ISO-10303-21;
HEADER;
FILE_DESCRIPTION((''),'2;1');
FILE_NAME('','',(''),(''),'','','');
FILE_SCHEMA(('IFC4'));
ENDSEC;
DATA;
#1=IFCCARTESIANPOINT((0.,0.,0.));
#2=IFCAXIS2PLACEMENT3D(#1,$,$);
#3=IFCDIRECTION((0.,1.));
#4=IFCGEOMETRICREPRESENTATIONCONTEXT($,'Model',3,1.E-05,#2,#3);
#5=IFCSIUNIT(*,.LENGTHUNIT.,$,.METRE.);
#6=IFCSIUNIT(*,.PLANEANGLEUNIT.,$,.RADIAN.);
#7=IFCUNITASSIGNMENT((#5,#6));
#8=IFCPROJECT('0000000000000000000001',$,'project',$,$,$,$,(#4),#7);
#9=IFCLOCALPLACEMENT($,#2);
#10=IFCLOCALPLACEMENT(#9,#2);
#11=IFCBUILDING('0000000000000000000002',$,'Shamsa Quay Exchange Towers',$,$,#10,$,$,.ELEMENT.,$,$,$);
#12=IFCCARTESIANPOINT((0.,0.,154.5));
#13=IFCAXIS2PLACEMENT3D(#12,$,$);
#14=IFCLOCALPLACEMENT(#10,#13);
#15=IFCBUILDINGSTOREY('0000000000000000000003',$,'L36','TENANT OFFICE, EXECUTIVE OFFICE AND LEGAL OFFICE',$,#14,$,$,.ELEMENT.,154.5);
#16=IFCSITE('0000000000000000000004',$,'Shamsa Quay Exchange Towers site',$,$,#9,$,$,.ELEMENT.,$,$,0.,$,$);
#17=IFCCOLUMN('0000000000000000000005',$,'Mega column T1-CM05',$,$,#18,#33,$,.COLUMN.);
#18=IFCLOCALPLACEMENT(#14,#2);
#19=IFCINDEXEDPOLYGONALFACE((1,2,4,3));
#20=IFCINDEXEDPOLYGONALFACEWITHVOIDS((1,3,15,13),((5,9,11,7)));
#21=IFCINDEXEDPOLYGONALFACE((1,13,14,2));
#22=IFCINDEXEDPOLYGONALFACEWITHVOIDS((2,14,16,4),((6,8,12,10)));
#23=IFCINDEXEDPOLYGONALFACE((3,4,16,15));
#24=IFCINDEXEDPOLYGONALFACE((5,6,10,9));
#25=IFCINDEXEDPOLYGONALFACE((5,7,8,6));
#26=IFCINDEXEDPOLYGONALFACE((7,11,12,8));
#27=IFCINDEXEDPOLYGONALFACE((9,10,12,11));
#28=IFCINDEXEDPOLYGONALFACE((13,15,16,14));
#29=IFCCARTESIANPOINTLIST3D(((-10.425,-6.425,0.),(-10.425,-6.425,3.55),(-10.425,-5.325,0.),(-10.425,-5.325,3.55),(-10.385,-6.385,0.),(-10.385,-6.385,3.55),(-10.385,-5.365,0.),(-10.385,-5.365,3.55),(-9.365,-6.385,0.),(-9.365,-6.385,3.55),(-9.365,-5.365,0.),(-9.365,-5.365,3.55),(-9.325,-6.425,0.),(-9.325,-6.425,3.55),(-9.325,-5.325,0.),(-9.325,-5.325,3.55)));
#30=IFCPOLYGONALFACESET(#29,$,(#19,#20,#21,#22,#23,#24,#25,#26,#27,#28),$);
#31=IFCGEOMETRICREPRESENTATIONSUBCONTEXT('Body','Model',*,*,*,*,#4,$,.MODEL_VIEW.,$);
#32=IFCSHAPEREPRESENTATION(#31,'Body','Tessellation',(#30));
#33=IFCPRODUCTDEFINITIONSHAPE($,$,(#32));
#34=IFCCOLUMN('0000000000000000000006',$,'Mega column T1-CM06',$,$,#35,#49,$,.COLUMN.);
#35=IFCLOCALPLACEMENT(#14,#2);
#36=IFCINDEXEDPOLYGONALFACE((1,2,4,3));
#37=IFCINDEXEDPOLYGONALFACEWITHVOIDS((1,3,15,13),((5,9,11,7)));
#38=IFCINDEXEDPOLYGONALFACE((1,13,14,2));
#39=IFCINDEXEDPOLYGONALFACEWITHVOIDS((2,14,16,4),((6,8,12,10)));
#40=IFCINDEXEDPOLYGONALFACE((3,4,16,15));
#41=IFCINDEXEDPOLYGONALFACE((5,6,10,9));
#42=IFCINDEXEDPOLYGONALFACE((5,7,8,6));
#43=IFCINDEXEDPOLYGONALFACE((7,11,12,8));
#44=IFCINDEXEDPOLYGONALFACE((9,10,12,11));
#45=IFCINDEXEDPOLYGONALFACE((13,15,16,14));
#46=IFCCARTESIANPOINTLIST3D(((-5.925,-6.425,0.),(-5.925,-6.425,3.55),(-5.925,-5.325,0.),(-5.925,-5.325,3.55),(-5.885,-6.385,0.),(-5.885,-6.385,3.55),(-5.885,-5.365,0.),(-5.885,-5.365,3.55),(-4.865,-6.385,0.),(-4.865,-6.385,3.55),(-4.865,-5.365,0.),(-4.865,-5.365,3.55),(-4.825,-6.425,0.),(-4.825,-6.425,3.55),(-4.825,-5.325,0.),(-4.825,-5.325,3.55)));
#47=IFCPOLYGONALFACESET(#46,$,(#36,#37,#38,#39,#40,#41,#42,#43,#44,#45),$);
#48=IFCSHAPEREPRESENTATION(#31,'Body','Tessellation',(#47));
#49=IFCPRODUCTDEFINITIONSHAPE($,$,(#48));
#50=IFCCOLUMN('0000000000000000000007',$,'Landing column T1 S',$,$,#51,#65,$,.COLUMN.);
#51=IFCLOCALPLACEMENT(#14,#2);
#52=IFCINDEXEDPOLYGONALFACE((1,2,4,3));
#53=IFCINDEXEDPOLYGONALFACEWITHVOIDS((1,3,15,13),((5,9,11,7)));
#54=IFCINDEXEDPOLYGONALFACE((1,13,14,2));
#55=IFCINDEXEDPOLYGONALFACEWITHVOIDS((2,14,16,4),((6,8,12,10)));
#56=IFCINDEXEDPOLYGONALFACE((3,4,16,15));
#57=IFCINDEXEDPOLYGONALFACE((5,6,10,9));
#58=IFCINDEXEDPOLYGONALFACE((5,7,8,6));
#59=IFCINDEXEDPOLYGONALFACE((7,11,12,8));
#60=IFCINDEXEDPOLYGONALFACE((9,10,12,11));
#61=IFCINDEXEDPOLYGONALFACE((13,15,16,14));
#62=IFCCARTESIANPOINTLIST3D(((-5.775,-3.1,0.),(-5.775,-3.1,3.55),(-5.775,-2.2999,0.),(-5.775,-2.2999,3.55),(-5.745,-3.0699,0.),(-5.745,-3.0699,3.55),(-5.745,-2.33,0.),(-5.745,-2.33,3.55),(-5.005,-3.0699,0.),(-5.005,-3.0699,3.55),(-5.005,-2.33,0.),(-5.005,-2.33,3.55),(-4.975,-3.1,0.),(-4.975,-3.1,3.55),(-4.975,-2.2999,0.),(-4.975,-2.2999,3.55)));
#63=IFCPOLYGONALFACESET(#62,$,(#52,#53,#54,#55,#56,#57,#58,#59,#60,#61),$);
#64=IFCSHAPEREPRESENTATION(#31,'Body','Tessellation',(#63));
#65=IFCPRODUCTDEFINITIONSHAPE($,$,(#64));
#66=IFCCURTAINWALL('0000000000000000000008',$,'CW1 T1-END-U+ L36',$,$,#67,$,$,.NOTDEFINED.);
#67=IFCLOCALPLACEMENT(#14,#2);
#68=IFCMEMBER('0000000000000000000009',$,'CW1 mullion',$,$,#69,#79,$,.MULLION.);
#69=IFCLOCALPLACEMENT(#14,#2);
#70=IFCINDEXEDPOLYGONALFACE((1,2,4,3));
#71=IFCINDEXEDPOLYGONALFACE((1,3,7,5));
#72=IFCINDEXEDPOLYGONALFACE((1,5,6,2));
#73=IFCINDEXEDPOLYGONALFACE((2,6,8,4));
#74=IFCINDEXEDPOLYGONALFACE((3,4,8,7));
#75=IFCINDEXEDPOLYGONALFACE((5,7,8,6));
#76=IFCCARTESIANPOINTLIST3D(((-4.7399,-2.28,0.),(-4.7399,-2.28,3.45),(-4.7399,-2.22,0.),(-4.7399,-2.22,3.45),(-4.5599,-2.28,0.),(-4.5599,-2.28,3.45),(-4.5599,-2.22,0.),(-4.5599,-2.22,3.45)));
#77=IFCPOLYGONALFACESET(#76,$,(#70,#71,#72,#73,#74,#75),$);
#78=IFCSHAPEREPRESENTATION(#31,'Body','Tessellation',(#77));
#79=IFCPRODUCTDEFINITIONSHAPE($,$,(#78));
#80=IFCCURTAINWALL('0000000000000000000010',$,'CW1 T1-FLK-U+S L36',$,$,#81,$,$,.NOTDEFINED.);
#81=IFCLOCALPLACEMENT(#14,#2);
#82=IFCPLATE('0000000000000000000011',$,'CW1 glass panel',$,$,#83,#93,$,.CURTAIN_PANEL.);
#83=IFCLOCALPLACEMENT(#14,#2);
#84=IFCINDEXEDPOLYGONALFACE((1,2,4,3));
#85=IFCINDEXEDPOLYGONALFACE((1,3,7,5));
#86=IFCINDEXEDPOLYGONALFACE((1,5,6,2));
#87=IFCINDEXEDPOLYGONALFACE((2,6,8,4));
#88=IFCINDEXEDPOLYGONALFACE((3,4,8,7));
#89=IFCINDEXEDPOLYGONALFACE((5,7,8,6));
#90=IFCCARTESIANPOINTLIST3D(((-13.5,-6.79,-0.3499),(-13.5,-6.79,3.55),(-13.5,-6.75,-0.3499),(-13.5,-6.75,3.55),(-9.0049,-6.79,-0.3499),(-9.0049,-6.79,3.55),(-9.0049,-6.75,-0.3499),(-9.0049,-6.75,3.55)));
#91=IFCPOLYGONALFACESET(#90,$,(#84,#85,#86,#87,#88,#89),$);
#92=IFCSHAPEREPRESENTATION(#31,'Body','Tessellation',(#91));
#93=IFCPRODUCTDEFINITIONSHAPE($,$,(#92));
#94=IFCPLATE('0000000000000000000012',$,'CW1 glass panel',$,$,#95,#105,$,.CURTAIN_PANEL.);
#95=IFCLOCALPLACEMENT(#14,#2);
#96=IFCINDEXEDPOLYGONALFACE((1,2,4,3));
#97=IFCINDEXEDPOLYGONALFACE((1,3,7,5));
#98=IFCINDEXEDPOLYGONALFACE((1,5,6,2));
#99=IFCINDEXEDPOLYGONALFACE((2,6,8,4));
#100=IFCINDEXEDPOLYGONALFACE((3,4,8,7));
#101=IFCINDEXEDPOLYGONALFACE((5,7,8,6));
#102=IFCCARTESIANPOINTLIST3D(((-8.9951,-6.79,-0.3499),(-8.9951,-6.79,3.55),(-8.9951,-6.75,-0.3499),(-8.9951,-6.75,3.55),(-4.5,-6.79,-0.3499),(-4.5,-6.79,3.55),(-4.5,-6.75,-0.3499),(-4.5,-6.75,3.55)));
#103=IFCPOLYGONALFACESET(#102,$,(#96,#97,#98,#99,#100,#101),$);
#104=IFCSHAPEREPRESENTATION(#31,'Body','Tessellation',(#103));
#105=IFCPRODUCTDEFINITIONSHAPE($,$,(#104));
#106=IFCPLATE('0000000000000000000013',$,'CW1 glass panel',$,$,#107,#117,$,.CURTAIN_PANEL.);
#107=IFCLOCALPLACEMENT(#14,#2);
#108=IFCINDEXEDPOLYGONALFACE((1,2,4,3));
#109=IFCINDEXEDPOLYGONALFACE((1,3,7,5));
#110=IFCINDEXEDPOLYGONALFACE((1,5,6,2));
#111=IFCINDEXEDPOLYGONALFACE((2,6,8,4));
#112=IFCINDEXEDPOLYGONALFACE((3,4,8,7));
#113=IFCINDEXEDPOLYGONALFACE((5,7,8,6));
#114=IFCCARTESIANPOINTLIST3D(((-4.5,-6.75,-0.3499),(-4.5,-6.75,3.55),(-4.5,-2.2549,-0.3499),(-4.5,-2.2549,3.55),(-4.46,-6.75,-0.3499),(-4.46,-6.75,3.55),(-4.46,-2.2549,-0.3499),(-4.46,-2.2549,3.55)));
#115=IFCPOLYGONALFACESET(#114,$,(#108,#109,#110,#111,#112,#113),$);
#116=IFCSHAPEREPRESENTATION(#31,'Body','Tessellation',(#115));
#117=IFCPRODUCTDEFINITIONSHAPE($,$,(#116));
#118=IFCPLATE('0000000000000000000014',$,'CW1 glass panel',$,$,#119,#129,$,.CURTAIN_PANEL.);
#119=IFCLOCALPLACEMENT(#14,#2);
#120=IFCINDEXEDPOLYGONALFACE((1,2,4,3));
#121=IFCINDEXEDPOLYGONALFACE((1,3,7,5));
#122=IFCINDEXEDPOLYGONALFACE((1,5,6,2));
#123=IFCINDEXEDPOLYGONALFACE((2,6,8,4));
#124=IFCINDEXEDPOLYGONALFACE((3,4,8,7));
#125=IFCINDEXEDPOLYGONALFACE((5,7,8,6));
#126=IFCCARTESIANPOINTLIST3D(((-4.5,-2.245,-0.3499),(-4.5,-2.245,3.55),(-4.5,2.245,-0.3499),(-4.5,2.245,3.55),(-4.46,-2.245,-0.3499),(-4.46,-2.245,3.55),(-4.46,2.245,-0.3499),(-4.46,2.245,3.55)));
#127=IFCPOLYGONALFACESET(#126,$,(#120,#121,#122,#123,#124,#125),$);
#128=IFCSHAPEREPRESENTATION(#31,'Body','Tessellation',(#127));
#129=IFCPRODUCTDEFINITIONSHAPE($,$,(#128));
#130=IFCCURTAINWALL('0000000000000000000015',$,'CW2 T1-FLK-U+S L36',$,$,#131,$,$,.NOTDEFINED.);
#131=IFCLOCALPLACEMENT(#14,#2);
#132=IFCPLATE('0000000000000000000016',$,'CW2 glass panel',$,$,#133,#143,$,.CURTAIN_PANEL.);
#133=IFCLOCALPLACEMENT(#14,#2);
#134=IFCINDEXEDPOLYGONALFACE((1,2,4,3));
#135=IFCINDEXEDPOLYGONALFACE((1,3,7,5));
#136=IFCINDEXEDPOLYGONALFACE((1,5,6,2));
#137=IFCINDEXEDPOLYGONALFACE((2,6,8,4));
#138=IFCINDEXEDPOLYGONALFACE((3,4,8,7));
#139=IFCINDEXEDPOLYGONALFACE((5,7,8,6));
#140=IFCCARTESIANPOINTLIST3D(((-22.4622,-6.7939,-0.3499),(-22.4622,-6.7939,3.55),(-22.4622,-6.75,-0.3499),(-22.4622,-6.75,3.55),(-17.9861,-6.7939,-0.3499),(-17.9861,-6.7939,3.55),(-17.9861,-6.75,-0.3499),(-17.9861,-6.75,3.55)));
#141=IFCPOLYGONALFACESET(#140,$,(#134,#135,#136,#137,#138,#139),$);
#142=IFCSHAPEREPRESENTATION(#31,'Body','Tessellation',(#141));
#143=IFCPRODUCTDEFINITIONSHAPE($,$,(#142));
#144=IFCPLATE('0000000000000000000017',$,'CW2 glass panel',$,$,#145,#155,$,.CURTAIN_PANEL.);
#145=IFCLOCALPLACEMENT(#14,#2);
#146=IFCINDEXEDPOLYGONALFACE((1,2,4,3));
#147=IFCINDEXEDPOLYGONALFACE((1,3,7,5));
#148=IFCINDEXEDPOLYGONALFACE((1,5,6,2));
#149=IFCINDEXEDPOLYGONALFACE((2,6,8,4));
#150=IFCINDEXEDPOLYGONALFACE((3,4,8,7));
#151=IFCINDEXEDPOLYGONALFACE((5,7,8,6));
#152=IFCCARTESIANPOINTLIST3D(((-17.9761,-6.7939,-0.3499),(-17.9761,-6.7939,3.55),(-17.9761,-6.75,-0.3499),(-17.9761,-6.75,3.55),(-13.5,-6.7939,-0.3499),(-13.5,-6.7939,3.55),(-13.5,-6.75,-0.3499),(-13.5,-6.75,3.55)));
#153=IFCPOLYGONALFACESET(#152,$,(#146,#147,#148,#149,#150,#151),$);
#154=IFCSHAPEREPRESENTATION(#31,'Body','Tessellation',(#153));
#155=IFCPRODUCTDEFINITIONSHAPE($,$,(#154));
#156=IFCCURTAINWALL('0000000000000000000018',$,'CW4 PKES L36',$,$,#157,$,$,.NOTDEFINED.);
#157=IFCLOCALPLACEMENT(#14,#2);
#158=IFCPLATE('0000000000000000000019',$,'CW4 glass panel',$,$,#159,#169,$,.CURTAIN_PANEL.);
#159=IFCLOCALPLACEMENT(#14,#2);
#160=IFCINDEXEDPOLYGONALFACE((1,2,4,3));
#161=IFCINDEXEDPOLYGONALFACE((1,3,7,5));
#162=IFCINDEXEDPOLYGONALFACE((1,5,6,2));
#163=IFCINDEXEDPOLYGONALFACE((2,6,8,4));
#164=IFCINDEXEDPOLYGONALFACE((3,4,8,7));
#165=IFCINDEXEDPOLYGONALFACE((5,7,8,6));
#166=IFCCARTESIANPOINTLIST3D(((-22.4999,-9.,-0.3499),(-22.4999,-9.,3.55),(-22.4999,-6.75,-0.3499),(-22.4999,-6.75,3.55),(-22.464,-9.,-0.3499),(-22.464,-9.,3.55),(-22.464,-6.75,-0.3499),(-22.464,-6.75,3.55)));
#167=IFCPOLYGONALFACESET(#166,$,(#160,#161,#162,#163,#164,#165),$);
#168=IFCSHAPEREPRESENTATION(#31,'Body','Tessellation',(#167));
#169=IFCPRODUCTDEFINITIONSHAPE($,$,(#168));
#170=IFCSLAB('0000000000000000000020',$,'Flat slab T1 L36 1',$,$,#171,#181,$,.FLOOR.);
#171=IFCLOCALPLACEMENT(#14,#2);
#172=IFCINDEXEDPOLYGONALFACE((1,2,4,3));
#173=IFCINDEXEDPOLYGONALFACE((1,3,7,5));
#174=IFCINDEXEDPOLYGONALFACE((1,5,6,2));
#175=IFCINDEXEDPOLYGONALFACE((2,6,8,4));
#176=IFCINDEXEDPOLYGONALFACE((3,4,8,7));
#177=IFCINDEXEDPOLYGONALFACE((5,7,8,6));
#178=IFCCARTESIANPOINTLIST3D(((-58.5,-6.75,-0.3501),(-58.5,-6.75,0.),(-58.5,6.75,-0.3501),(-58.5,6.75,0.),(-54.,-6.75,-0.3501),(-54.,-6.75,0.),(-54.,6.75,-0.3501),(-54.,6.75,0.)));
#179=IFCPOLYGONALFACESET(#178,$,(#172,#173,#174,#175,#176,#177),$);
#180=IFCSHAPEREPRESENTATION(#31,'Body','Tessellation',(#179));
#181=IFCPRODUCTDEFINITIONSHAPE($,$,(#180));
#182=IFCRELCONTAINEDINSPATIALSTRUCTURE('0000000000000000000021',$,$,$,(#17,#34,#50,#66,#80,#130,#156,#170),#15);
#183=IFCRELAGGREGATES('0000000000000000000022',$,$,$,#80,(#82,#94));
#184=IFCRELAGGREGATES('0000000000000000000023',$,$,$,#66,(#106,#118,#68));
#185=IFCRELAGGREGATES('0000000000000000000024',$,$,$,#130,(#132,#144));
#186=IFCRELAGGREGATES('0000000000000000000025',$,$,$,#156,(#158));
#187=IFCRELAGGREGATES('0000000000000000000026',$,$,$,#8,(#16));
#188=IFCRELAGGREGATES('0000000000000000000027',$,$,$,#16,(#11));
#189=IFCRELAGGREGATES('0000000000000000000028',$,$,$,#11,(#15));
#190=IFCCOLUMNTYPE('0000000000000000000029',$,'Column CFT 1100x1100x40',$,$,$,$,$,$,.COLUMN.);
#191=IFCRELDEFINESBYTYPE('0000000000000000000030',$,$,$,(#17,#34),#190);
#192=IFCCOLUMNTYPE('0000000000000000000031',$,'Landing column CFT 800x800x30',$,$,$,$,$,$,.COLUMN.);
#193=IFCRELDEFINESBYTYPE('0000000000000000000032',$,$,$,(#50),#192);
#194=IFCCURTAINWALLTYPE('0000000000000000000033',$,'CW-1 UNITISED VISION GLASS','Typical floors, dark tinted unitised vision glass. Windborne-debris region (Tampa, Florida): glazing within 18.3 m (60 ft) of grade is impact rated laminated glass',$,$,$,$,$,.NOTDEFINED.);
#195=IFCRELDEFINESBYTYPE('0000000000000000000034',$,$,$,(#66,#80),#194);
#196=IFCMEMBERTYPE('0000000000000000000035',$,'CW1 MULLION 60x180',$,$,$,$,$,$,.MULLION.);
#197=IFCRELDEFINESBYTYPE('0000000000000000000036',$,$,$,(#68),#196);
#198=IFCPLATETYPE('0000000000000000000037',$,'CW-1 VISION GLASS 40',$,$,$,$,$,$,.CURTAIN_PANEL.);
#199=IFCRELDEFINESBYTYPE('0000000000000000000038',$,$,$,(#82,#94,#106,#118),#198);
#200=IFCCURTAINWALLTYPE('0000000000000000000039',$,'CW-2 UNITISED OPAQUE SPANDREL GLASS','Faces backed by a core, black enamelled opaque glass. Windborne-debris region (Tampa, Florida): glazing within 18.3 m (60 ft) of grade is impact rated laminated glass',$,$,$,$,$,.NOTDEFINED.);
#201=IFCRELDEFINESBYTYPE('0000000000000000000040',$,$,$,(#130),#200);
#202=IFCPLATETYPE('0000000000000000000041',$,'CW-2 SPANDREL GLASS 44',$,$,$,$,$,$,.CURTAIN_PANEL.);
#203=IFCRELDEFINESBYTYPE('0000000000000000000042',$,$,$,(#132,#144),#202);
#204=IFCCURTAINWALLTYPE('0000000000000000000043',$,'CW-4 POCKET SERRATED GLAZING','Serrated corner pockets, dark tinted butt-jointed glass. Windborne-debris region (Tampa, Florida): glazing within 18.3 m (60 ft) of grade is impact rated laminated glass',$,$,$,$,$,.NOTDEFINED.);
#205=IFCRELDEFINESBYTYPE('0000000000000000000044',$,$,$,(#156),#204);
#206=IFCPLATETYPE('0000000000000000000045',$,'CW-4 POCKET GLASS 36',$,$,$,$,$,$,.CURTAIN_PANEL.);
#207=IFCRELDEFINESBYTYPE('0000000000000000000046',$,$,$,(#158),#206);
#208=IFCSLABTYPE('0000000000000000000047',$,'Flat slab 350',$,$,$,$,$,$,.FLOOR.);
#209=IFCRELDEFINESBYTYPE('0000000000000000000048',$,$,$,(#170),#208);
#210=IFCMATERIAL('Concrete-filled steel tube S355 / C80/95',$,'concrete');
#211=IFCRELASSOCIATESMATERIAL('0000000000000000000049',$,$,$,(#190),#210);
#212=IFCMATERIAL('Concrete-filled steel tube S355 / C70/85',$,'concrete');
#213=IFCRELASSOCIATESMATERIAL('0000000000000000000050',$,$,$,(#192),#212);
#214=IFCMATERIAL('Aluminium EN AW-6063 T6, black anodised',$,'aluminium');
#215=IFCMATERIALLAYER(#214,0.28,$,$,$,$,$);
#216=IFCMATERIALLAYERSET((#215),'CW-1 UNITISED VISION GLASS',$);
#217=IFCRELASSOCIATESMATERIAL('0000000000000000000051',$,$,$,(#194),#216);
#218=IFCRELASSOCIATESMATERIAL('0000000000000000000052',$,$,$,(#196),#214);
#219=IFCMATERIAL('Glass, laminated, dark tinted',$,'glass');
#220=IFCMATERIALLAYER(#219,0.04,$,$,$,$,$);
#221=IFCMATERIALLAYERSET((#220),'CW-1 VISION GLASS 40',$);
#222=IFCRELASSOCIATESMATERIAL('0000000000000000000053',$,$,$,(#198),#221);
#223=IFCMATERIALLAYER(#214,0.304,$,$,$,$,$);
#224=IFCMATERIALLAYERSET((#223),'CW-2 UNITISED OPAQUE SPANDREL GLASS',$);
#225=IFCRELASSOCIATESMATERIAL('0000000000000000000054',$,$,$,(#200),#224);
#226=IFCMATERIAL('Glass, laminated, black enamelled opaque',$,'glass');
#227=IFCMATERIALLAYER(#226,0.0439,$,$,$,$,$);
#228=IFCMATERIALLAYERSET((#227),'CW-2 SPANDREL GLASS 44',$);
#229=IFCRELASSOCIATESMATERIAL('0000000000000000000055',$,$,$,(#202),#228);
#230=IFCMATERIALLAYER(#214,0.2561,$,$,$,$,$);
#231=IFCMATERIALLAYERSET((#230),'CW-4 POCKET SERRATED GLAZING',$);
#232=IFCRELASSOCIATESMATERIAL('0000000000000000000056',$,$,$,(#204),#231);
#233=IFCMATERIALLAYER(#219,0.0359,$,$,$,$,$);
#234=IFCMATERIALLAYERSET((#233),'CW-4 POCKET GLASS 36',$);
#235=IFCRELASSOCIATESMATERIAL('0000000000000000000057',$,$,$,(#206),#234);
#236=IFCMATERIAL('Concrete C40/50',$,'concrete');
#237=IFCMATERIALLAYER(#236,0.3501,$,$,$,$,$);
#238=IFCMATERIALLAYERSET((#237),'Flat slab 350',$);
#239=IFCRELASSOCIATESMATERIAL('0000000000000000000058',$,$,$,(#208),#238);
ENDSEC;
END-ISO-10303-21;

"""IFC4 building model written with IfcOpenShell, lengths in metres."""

from ifc_helpers import new_model, si_unit, direction, frame, origin, origin_2d, place, context, subcontext, project, spatial, polyline, rectangle, hollow_rectangle, outline, extrude, material, layer, layer_set, material_profile, profile_set, type_object, element, aggregate, save


model = new_model("IFC4")

# Units and contexts
model_context = context("Model", 3, precision=1e-05, world=origin(), true_north=direction((0.0, 1.0)))
body_context = subcontext(model_context, "Body", "Model", "MODEL_VIEW")
ifc_project = project(units=[si_unit("LENGTHUNIT", "METRE"), si_unit("PLANEANGLEUNIT", "RADIAN")], contexts=[model_context])

# Site, building, storey
site_placement = place(None, origin())
site = spatial("IfcSite", under=ifc_project, at=site_placement, Name="Shamsa Quay Exchange Towers site", CompositionType="ELEMENT", RefElevation=0.0)
building_placement = place(site_placement, origin())
building = spatial("IfcBuilding", under=site, at=building_placement, Name="Shamsa Quay Exchange Towers", CompositionType="ELEMENT")
storey_placement = place(building_placement, frame((0.0, 0.0, 154.5)))
storey = spatial("IfcBuildingStorey", under=building, at=storey_placement, Name="L36", Description="TENANT OFFICE, EXECUTIVE OFFICE AND LEGAL OFFICE", CompositionType="ELEMENT", Elevation=154.5)

# Columns
ifc_material_1 = material(Name="Concrete-filled steel tube S355 / C80/95", Category="concrete")
ifc_material_profile_1 = material_profile(ifc_material_1, hollow_rectangle(XDim=1.1001, YDim=1.1001, WallThickness=0.04, at=origin_2d()), Name="CFT 1100x1100x40")
ifc_profile_set_1 = profile_set([ifc_material_profile_1], Name="Concrete-filled steel tube S355 / C80/95")
column_type_1 = type_object("IfcColumnType", Name="Column CFT 1100x1100x40", PredefinedType="COLUMN", material=ifc_profile_set_1)
for number, where, name in (
    (1, (-9.875, -5.875, 0.0), "Mega column T1-CM05"),
    (2, (-5.375, -5.875, 0.0), "Mega column T1-CM06"),
):
    element("IfcColumn", number, at=place(storey_placement, frame(where)), inside=storey, type_object=column_type_1, Name=name, PredefinedType="COLUMN", context=body_context, shape_type="SweptSolid", body=[
        extrude(hollow_rectangle(XDim=1.1001, YDim=1.1001, WallThickness=0.04, at=origin_2d()), origin(), (0.0, 0.0, 1.0), 3.55),
    ])
ifc_material_2 = material(Name="Concrete-filled steel tube S355 / C70/85", Category="concrete")
ifc_material_profile_2 = material_profile(ifc_material_2, hollow_rectangle(XDim=0.8, YDim=0.8, WallThickness=0.03, at=origin_2d()), Name="CFT 800x800x30")
ifc_profile_set_2 = profile_set([ifc_material_profile_2], Name="Concrete-filled steel tube S355 / C70/85")
column_type_2 = type_object("IfcColumnType", Name="Landing column CFT 800x800x30", PredefinedType="COLUMN", material=ifc_profile_set_2)
column_placement = place(storey_placement, frame((-5.375, -2.7, 0.0)))
element("IfcColumn", 3, at=column_placement, inside=storey, type_object=column_type_2, Name="Landing column T1 S", PredefinedType="COLUMN", context=body_context, shape_type="SweptSolid", body=[
    extrude(hollow_rectangle(XDim=0.8, YDim=0.8, WallThickness=0.03, at=origin_2d()), origin(), (0.0, 0.0, 1.0), 3.55),
])

# Curtain wall, member
ifc_material_3 = material(Name="Aluminium EN AW-6063 T6, black anodised", Category="aluminium")
ifc_layer_1 = layer(ifc_material_3, 0.28)
ifc_layer_set_1 = layer_set([ifc_layer_1], Name="CW-1 UNITISED VISION GLASS")
curtain_wall_type_1 = type_object("IfcCurtainWallType", Name="CW-1 UNITISED VISION GLASS", Description="Typical floors, dark tinted unitised vision glass. Windborne-debris region (Tampa, Florida): glazing within 18.3 m (60 ft) of grade is impact rated laminated glass", PredefinedType="NOTDEFINED", material=ifc_layer_set_1)
curtain_wall_1_placement = place(storey_placement, origin())
curtain_wall_1 = element("IfcCurtainWall", 4, at=curtain_wall_1_placement, inside=storey, type_object=curtain_wall_type_1, Name="CW1 T1-END-U+ L36", PredefinedType="NOTDEFINED")
ifc_material_profile_3 = material_profile(ifc_material_3, rectangle(XDim=0.1799, YDim=0.0601, at=origin_2d()), Name="MU60x180")
ifc_profile_set_3 = profile_set([ifc_material_profile_3], Name="Aluminium EN AW-6063 T6, black anodised")
member_type = type_object("IfcMemberType", Name="CW1 MULLION 60x180", PredefinedType="MULLION", material=ifc_profile_set_3)
member_placement = place(storey_placement, frame((-4.6499, -2.25, 0.0), z_axis=(0.0, 0.0, 1.0), x_axis=(-1.0, 0.0, 0.0)))
member = element("IfcMember", 5, at=member_placement, type_object=member_type, Name="CW1 mullion", PredefinedType="MULLION", context=body_context, shape_type="SweptSolid", body=[
    extrude(rectangle(XDim=0.1799, YDim=0.0601, at=origin_2d()), origin(), (0.0, 0.0, 1.0), 3.45),
])

# Curtain wall, plates
curtain_wall_2_placement = place(storey_placement, origin())
curtain_wall_2 = element("IfcCurtainWall", 6, at=curtain_wall_2_placement, inside=storey, type_object=curtain_wall_type_1, Name="CW1 T1-FLK-U+S L36", PredefinedType="NOTDEFINED")
ifc_material_4 = material(Name="Glass, laminated, dark tinted", Category="glass")
ifc_layer_2 = layer(ifc_material_4, 0.04)
ifc_layer_set_2 = layer_set([ifc_layer_2], Name="CW-1 VISION GLASS 40")
plate_type_1 = type_object("IfcPlateType", Name="CW-1 VISION GLASS 40", PredefinedType="CURTAIN_PANEL", material=ifc_layer_set_2)
plate_1_placement = place(storey_placement, frame((-11.2524, -6.77, -0.3499)))
plate_1 = element("IfcPlate", 7, at=plate_1_placement, type_object=plate_type_1, Name="CW1 glass panel", PredefinedType="CURTAIN_PANEL", context=body_context, shape_type="SweptSolid", body=[
    extrude(rectangle(XDim=4.4951, YDim=0.04, at=origin_2d()), origin(), (0.0, 0.0, 1.0), 3.8999),
])
plate_2_placement = place(storey_placement, frame((-6.7476, -6.77, -0.3499)))
plate_2 = element("IfcPlate", 8, at=plate_2_placement, type_object=plate_type_1, Name="CW1 glass panel", PredefinedType="CURTAIN_PANEL", context=body_context, shape_type="SweptSolid", body=[
    extrude(rectangle(XDim=4.4951, YDim=0.04, at=origin_2d()), origin(), (0.0, 0.0, 1.0), 3.8999),
])
aggregate(curtain_wall_2, [plate_1, plate_2])

# Plates
plate_3_placement = place(storey_placement, frame((-4.48, -4.5024, -0.3499), z_axis=(0.0, 0.0, 1.0), x_axis=(0.0, 1.0, 0.0)))
plate_3 = element("IfcPlate", 9, at=plate_3_placement, type_object=plate_type_1, Name="CW1 glass panel", PredefinedType="CURTAIN_PANEL", context=body_context, shape_type="SweptSolid", body=[
    extrude(rectangle(XDim=4.4951, YDim=0.04, at=origin_2d()), origin(), (0.0, 0.0, 1.0), 3.8999),
])
plate_4_placement = place(storey_placement, frame((-4.48, 0.0, -0.3499), z_axis=(0.0, 0.0, 1.0), x_axis=(0.0, 1.0, 0.0)))
plate_4 = element("IfcPlate", 10, at=plate_4_placement, type_object=plate_type_1, Name="CW1 glass panel", PredefinedType="CURTAIN_PANEL", context=body_context, shape_type="SweptSolid", body=[
    extrude(rectangle(XDim=4.49, YDim=0.04, at=origin_2d()), origin(), (0.0, 0.0, 1.0), 3.8999),
])
aggregate(curtain_wall_1, [plate_3, plate_4, member])

# Curtain wall, plates
ifc_layer_3 = layer(ifc_material_3, 0.304)
ifc_layer_set_3 = layer_set([ifc_layer_3], Name="CW-2 UNITISED OPAQUE SPANDREL GLASS")
curtain_wall_type_2 = type_object("IfcCurtainWallType", Name="CW-2 UNITISED OPAQUE SPANDREL GLASS", Description="Faces backed by a core, black enamelled opaque glass. Windborne-debris region (Tampa, Florida): glazing within 18.3 m (60 ft) of grade is impact rated laminated glass", PredefinedType="NOTDEFINED", material=ifc_layer_set_3)
curtain_wall_3_placement = place(storey_placement, origin())
curtain_wall_3 = element("IfcCurtainWall", 11, at=curtain_wall_3_placement, inside=storey, type_object=curtain_wall_type_2, Name="CW2 T1-FLK-U+S L36", PredefinedType="NOTDEFINED")
ifc_material_5 = material(Name="Glass, laminated, black enamelled opaque", Category="glass")
ifc_layer_4 = layer(ifc_material_5, 0.0439)
ifc_layer_set_4 = layer_set([ifc_layer_4], Name="CW-2 SPANDREL GLASS 44")
plate_type_2 = type_object("IfcPlateType", Name="CW-2 SPANDREL GLASS 44", PredefinedType="CURTAIN_PANEL", material=ifc_layer_set_4)
plate_5_placement = place(storey_placement, frame((-20.2241, -6.772, -0.3499)))
plate_5 = element("IfcPlate", 12, at=plate_5_placement, type_object=plate_type_2, Name="CW2 glass panel", PredefinedType="CURTAIN_PANEL", context=body_context, shape_type="SweptSolid", body=[
    extrude(rectangle(XDim=4.4761, YDim=0.0439, at=origin_2d()), origin(), (0.0, 0.0, 1.0), 3.8999),
])
plate_6_placement = place(storey_placement, frame((-15.738, -6.772, -0.3499)))
plate_6 = element("IfcPlate", 13, at=plate_6_placement, type_object=plate_type_2, Name="CW2 glass panel", PredefinedType="CURTAIN_PANEL", context=body_context, shape_type="SweptSolid", body=[
    extrude(rectangle(XDim=4.4761, YDim=0.0439, at=origin_2d()), origin(), (0.0, 0.0, 1.0), 3.8999),
])
aggregate(curtain_wall_3, [plate_5, plate_6])

# Curtain wall, plate
ifc_layer_5 = layer(ifc_material_3, 0.2561)
ifc_layer_set_5 = layer_set([ifc_layer_5], Name="CW-4 POCKET SERRATED GLAZING")
curtain_wall_type_3 = type_object("IfcCurtainWallType", Name="CW-4 POCKET SERRATED GLAZING", Description="Serrated corner pockets, dark tinted butt-jointed glass. Windborne-debris region (Tampa, Florida): glazing within 18.3 m (60 ft) of grade is impact rated laminated glass", PredefinedType="NOTDEFINED", material=ifc_layer_set_5)
curtain_wall_4_placement = place(storey_placement, origin())
curtain_wall_4 = element("IfcCurtainWall", 14, at=curtain_wall_4_placement, inside=storey, type_object=curtain_wall_type_3, Name="CW4 PKES L36", PredefinedType="NOTDEFINED")
ifc_layer_6 = layer(ifc_material_4, 0.0359)
ifc_layer_set_6 = layer_set([ifc_layer_6], Name="CW-4 POCKET GLASS 36")
plate_type_3 = type_object("IfcPlateType", Name="CW-4 POCKET GLASS 36", PredefinedType="CURTAIN_PANEL", material=ifc_layer_set_6)
plate_7_placement = place(storey_placement, frame((-22.4819, -7.875, -0.3499), z_axis=(0.0, 0.0, 1.0), x_axis=(0.0, 1.0, 0.0)))
plate_7 = element("IfcPlate", 15, at=plate_7_placement, type_object=plate_type_3, Name="CW4 glass panel", PredefinedType="CURTAIN_PANEL", context=body_context, shape_type="SweptSolid", body=[
    extrude(rectangle(XDim=2.25, YDim=0.0359, at=origin_2d()), origin(), (0.0, 0.0, 1.0), 3.8999),
])
aggregate(curtain_wall_4, [plate_7])

# Slab
ifc_material_6 = material(Name="Concrete C40/50", Category="concrete")
ifc_layer_7 = layer(ifc_material_6, 0.3501)
ifc_layer_set_7 = layer_set([ifc_layer_7], Name="Flat slab 350")
slab_type = type_object("IfcSlabType", Name="Flat slab 350", PredefinedType="FLOOR", material=ifc_layer_set_7)
slab_placement = place(storey_placement, frame((0.0, 0.0, -0.3501)))
element("IfcSlab", 16, at=slab_placement, inside=storey, type_object=slab_type, Name="Flat slab T1 L36 1", PredefinedType="FLOOR", context=body_context, shape_type="SweptSolid", body=[
    extrude(outline(polyline([(-58.5, -6.75), (-54.0, -6.75), (-54.0, 6.75), (-58.5, 6.75), (-58.5, -6.75)])), origin(), (0.0, 0.0, 1.0), 0.3501),
])

save(model, "model.ifc")
